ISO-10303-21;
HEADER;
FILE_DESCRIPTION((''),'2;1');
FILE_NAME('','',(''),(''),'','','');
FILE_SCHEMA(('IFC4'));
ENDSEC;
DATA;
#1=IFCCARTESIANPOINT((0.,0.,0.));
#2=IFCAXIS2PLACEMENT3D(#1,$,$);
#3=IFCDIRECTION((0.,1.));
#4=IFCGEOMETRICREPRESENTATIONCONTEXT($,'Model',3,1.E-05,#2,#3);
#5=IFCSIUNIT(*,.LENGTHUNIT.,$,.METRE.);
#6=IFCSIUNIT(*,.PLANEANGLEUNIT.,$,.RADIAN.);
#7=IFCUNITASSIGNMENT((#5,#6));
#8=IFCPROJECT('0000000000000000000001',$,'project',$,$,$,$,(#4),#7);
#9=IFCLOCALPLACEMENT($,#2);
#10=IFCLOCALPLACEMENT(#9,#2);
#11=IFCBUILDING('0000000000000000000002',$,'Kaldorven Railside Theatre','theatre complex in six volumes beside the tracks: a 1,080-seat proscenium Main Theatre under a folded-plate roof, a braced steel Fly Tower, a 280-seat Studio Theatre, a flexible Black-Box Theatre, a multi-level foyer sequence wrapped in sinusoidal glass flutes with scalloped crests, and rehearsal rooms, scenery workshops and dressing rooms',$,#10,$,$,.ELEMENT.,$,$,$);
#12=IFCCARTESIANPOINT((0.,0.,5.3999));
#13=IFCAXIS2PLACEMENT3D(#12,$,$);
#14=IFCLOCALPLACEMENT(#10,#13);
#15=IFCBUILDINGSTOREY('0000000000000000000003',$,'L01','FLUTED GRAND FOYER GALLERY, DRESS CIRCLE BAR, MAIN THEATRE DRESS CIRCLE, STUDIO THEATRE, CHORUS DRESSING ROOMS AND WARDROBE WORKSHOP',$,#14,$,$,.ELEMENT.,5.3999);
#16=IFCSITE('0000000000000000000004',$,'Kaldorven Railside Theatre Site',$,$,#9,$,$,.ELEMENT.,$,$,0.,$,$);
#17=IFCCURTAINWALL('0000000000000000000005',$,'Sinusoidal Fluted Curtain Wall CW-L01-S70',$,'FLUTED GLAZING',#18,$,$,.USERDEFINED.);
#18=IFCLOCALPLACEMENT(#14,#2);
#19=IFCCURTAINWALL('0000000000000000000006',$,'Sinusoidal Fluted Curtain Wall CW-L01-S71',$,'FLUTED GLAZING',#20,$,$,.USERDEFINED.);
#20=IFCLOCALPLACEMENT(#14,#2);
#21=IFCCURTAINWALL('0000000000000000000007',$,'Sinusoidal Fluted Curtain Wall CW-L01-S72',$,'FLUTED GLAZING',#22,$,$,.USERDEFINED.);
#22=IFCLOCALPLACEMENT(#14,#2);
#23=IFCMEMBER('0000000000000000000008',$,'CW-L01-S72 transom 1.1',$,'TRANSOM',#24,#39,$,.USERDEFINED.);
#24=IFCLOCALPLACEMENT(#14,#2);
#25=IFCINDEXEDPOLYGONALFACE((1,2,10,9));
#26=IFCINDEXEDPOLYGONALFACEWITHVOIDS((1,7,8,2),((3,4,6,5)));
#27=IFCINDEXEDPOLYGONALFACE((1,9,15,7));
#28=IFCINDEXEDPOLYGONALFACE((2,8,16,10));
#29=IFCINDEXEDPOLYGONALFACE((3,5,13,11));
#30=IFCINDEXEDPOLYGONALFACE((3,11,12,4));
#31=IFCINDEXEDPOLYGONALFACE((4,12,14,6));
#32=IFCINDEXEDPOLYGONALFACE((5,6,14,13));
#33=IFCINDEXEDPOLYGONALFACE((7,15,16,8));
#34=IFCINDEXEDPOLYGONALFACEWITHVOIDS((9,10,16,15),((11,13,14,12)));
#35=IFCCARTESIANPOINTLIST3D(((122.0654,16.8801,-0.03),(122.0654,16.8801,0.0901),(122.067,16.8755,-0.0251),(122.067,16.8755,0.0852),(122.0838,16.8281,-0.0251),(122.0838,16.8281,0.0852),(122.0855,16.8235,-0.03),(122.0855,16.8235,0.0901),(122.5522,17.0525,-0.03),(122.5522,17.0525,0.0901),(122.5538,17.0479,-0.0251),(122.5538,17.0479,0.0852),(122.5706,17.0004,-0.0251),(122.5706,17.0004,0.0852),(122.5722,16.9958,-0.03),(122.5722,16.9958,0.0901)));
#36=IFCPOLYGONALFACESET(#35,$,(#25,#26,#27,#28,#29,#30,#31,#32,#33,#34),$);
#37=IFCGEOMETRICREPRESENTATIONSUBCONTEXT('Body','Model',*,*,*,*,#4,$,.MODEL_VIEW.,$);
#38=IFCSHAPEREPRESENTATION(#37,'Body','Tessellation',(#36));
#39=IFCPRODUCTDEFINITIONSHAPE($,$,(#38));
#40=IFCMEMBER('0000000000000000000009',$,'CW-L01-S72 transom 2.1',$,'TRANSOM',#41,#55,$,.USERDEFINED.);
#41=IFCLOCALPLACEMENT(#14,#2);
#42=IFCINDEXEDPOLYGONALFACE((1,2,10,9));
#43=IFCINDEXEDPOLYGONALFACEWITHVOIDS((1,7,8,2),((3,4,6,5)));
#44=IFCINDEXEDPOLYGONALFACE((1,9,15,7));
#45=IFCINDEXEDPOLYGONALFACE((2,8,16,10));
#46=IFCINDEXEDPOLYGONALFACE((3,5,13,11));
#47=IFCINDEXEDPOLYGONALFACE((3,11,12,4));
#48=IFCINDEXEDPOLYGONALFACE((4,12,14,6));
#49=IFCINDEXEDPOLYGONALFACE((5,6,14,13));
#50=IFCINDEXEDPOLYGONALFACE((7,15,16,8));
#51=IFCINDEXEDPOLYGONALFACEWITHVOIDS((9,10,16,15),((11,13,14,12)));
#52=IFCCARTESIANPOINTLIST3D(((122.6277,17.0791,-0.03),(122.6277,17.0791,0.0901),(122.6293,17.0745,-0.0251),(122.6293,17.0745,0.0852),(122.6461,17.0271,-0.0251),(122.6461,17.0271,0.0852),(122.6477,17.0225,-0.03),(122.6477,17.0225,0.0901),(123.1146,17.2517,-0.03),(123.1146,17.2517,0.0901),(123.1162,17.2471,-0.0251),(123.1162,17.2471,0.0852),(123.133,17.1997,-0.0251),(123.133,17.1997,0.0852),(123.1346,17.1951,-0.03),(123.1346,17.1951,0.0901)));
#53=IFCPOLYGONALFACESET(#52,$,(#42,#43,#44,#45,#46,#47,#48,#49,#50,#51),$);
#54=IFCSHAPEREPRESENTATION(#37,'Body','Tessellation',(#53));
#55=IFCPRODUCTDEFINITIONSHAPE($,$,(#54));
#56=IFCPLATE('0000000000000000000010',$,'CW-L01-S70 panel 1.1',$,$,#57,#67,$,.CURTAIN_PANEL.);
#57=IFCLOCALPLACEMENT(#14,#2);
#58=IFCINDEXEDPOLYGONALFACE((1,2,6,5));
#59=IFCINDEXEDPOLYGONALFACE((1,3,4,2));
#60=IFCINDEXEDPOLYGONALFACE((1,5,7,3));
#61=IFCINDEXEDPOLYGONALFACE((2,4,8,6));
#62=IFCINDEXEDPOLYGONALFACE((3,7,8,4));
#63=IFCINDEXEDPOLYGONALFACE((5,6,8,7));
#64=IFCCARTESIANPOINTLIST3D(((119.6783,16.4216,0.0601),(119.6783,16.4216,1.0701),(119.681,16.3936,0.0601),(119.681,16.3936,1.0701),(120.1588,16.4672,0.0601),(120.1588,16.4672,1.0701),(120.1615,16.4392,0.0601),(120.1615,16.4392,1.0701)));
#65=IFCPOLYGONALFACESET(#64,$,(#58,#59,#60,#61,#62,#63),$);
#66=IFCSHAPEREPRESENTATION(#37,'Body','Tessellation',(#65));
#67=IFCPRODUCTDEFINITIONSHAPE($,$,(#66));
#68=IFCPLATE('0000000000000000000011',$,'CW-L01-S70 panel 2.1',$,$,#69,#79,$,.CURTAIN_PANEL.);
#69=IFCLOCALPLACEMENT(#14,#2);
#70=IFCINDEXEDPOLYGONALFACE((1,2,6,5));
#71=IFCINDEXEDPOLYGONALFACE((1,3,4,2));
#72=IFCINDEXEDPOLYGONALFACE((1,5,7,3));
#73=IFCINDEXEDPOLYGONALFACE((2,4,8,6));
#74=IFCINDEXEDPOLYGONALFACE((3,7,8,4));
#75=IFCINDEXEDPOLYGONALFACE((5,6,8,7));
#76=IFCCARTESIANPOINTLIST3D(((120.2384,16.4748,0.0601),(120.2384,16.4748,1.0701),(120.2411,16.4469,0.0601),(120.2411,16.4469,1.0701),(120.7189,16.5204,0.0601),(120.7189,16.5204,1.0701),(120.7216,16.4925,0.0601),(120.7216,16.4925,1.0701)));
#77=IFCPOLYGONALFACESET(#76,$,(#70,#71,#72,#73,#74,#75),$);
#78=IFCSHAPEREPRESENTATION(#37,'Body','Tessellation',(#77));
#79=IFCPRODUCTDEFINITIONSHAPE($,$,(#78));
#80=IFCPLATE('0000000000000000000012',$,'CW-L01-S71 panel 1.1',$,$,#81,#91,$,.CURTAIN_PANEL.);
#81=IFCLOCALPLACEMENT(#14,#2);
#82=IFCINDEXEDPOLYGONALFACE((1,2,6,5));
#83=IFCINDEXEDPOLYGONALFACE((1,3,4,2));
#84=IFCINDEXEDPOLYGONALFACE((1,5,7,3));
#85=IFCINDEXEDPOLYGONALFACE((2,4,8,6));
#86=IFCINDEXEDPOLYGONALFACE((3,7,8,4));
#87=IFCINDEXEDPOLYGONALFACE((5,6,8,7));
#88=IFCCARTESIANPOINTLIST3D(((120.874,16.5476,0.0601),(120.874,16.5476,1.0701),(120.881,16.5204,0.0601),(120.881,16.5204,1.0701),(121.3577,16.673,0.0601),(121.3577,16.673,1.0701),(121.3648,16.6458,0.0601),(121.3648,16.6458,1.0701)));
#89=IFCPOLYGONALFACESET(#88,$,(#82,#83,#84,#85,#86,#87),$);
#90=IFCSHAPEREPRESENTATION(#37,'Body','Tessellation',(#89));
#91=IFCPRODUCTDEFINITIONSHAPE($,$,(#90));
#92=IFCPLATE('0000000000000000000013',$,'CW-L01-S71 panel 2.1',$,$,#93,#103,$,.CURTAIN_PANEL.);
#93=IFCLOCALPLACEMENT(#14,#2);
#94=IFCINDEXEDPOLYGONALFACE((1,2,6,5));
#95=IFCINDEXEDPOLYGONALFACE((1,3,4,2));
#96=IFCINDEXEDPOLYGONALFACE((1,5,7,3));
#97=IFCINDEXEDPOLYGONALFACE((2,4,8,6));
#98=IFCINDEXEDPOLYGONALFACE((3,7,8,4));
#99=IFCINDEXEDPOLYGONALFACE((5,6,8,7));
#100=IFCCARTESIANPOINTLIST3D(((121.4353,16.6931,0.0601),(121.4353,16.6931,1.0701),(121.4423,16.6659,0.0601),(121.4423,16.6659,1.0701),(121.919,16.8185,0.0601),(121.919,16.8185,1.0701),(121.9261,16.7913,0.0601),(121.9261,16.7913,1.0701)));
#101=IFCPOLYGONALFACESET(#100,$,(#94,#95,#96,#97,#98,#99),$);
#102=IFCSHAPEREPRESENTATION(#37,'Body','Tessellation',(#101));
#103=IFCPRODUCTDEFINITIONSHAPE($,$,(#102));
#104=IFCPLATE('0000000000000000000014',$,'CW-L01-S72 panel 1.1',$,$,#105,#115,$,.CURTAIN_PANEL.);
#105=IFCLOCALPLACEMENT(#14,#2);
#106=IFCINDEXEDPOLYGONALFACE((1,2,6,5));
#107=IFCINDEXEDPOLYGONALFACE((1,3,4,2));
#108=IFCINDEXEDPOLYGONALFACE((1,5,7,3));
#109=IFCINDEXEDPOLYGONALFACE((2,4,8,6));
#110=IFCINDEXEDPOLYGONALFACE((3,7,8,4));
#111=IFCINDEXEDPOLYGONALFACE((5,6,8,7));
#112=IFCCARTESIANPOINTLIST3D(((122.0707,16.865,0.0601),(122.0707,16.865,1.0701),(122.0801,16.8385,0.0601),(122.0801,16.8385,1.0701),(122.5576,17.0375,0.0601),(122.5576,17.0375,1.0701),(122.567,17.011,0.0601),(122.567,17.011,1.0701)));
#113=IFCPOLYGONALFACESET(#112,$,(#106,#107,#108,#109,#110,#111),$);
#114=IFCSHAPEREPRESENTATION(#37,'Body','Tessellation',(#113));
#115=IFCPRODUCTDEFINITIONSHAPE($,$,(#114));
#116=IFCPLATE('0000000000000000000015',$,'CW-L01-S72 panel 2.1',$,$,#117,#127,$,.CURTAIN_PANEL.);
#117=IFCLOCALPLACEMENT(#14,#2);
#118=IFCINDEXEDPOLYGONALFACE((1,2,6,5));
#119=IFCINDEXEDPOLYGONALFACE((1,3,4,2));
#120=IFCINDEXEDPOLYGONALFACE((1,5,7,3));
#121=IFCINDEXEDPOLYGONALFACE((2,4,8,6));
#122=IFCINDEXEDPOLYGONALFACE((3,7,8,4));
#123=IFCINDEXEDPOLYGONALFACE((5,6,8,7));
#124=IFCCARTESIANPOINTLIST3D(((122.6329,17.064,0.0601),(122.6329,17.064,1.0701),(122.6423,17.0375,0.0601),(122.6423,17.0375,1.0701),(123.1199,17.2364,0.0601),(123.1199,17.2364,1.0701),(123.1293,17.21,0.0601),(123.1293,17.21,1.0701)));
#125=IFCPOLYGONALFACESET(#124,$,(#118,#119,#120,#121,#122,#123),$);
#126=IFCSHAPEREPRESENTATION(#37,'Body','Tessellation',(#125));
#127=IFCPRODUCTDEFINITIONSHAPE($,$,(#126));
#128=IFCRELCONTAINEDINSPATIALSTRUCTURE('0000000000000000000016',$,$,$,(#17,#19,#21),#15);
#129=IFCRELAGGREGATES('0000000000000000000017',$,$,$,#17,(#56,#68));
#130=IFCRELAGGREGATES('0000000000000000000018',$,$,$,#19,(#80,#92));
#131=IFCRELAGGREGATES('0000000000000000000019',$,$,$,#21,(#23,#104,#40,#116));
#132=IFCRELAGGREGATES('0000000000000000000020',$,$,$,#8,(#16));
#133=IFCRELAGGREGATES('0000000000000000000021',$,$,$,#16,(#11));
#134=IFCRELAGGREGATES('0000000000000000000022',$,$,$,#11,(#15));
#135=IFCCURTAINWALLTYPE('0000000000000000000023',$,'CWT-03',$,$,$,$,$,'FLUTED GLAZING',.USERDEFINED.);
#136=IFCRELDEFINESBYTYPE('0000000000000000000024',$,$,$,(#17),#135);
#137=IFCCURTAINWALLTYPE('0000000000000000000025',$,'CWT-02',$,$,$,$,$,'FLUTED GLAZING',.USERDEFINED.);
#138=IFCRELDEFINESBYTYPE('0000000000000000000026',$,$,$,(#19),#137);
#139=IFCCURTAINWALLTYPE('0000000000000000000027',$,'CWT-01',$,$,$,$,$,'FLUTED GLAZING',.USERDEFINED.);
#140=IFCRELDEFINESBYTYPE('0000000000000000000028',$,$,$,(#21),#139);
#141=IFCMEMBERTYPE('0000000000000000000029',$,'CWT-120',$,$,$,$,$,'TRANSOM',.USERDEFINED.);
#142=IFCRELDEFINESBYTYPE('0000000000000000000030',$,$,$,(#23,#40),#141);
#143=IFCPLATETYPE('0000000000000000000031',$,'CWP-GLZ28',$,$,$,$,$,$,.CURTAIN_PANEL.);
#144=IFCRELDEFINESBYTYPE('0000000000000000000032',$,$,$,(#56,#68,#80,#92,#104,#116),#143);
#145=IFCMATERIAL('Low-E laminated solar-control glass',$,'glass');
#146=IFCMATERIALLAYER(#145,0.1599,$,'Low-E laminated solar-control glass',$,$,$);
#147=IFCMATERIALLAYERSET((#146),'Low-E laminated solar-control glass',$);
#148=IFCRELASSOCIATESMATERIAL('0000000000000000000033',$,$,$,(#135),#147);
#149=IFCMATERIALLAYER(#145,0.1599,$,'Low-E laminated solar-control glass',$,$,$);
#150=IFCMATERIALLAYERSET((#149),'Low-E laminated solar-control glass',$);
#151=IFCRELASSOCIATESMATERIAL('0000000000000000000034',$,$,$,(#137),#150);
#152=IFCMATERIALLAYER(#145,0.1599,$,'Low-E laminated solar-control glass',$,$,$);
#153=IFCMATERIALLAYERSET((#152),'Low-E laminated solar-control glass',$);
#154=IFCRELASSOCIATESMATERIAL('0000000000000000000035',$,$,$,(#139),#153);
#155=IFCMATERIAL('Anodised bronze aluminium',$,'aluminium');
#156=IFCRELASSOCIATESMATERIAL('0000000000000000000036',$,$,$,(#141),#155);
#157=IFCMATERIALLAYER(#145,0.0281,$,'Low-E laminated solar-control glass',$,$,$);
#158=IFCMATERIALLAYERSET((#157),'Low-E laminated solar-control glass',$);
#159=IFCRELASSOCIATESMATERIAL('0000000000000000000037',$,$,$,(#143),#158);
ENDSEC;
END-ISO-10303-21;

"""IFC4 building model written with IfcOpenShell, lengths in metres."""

from ifc_helpers import new_model, si_unit, direction, frame, origin, origin_2d, place, context, subcontext, project, spatial, rectangle, hollow_rectangle, extrude, material, layer, layer_set, material_profile, profile_set, type_object, element, aggregate, save


model = new_model("IFC4")

# Units and contexts
model_context = context("Model", 3, precision=1e-05, world=origin(), true_north=direction((0.0, 1.0)))
body_context = subcontext(model_context, "Body", "Model", "MODEL_VIEW")
ifc_project = project(units=[si_unit("LENGTHUNIT", "METRE"), si_unit("PLANEANGLEUNIT", "RADIAN")], contexts=[model_context])

# Site, building, storey
site_placement = place(None, origin())
site = spatial("IfcSite", under=ifc_project, at=site_placement, Name="Kaldorven Railside Theatre Site", CompositionType="ELEMENT", RefElevation=0.0)
building_placement = place(site_placement, origin())
building = spatial("IfcBuilding", under=site, at=building_placement, Name="Kaldorven Railside Theatre", Description="theatre complex in six volumes beside the tracks: a 1,080-seat proscenium Main Theatre under a folded-plate roof, a braced steel Fly Tower, a 280-seat Studio Theatre, a flexible Black-Box Theatre, a multi-level foyer sequence wrapped in sinusoidal glass flutes with scalloped crests, and rehearsal rooms, scenery workshops and dressing rooms", CompositionType="ELEMENT")
storey_placement = place(building_placement, frame((0.0, 0.0, 5.3999)))
storey = spatial("IfcBuildingStorey", under=building, at=storey_placement, Name="L01", Description="FLUTED GRAND FOYER GALLERY, DRESS CIRCLE BAR, MAIN THEATRE DRESS CIRCLE, STUDIO THEATRE, CHORUS DRESSING ROOMS AND WARDROBE WORKSHOP", CompositionType="ELEMENT", Elevation=5.3999)

# Curtain walls
ifc_material_1 = material(Name="Low-E laminated solar-control glass", Category="glass")
ifc_layer_1 = layer(ifc_material_1, 0.1599, Name="Low-E laminated solar-control glass")
ifc_layer_set_1 = layer_set([ifc_layer_1], Name="Low-E laminated solar-control glass")
curtain_wall_type_1 = type_object("IfcCurtainWallType", Name="CWT-03", ElementType="FLUTED GLAZING", PredefinedType="USERDEFINED", material=ifc_layer_set_1)
curtain_wall_1_placement = place(storey_placement, origin())
curtain_wall_1 = element("IfcCurtainWall", 1, at=curtain_wall_1_placement, inside=storey, type_object=curtain_wall_type_1, Name="Sinusoidal Fluted Curtain Wall CW-L01-S70", ObjectType="FLUTED GLAZING", PredefinedType="USERDEFINED")
ifc_material_2 = material(Name="Anodised bronze aluminium", Category="aluminium")
ifc_layer_2 = layer(ifc_material_1, 0.1599, Name="Low-E laminated solar-control glass")
ifc_layer_set_2 = layer_set([ifc_layer_2], Name="Low-E laminated solar-control glass")
curtain_wall_type_2 = type_object("IfcCurtainWallType", Name="CWT-02", ElementType="FLUTED GLAZING", PredefinedType="USERDEFINED", material=ifc_layer_set_2)
curtain_wall_2_placement = place(storey_placement, origin())
curtain_wall_2 = element("IfcCurtainWall", 2, at=curtain_wall_2_placement, inside=storey, type_object=curtain_wall_type_2, Name="Sinusoidal Fluted Curtain Wall CW-L01-S71", ObjectType="FLUTED GLAZING", PredefinedType="USERDEFINED")
ifc_layer_3 = layer(ifc_material_1, 0.1599, Name="Low-E laminated solar-control glass")
ifc_layer_set_3 = layer_set([ifc_layer_3], Name="Low-E laminated solar-control glass")
curtain_wall_type_3 = type_object("IfcCurtainWallType", Name="CWT-01", ElementType="FLUTED GLAZING", PredefinedType="USERDEFINED", material=ifc_layer_set_3)
curtain_wall_3_placement = place(storey_placement, origin())
curtain_wall_3 = element("IfcCurtainWall", 3, at=curtain_wall_3_placement, inside=storey, type_object=curtain_wall_type_3, Name="Sinusoidal Fluted Curtain Wall CW-L01-S72", ObjectType="FLUTED GLAZING", PredefinedType="USERDEFINED")

# Members
ifc_material_profile_1 = material_profile(ifc_material_2, hollow_rectangle(XDim=0.0601, YDim=0.1201, WallThickness=0.0049, at=origin_2d()), Name="RHS 120x60x5")
ifc_profile_set_1 = profile_set([ifc_material_profile_1], Name="Anodised bronze aluminium")
member_type_1 = type_object("IfcMemberType", Name="CWT-120", ElementType="TRANSOM", PredefinedType="USERDEFINED", material=ifc_profile_set_1)
member_1_placement = place(storey_placement, frame((122.0754, 16.8518, 0.03), z_axis=(0.942658, 0.33376, 0.0), x_axis=(-0.33376, 0.942658, 0.0)))
member_1 = element("IfcMember", 4, at=member_1_placement, type_object=member_type_1, Name="CW-L01-S72 transom 1.1", ObjectType="TRANSOM", PredefinedType="USERDEFINED", context=body_context, shape_type="SweptSolid", body=[
    extrude(hollow_rectangle(XDim=0.0601, YDim=0.1201, WallThickness=0.0049, at=origin_2d()), origin(), (0.0, 0.0, 1.0), 0.5164),
])
member_2_placement = place(storey_placement, frame((122.6377, 17.0508, 0.03), z_axis=(0.942509, 0.33418, 0.0), x_axis=(-0.33418, 0.942509, 0.0)))
member_2 = element("IfcMember", 5, at=member_2_placement, type_object=member_type_1, Name="CW-L01-S72 transom 2.1", ObjectType="TRANSOM", PredefinedType="USERDEFINED", context=body_context, shape_type="SweptSolid", body=[
    extrude(hollow_rectangle(XDim=0.0601, YDim=0.1201, WallThickness=0.0049, at=origin_2d()), origin(), (0.0, 0.0, 1.0), 0.5166),
])

# Plates
ifc_layer_4 = layer(ifc_material_1, 0.0281, Name="Low-E laminated solar-control glass")
ifc_layer_set_4 = layer_set([ifc_layer_4], Name="Low-E laminated solar-control glass")
plate_type = type_object("IfcPlateType", Name="CWP-GLZ28", PredefinedType="CURTAIN_PANEL", material=ifc_layer_set_4)
plate_1_placement = place(storey_placement, frame((119.9199, 16.4304, 0.0601), z_axis=(0.0, 0.0, 1.0), x_axis=(0.995526, 0.094492, 0.0)))
plate_1 = element("IfcPlate", 6, at=plate_1_placement, type_object=plate_type, Name="CW-L01-S70 panel 1.1", PredefinedType="CURTAIN_PANEL", context=body_context, shape_type="SweptSolid", body=[
    extrude(rectangle(XDim=0.4827, YDim=0.0281, at=origin_2d()), origin(), (0.0, 0.0, 1.0), 1.01),
])
plate_2_placement = place(storey_placement, frame((120.48, 16.4836, 0.0601), z_axis=(0.0, 0.0, 1.0), x_axis=(0.995526, 0.094492, 0.0)))
plate_2 = element("IfcPlate", 7, at=plate_2_placement, type_object=plate_type, Name="CW-L01-S70 panel 2.1", PredefinedType="CURTAIN_PANEL", context=body_context, shape_type="SweptSolid", body=[
    extrude(rectangle(XDim=0.4827, YDim=0.0281, at=origin_2d()), origin(), (0.0, 0.0, 1.0), 1.01),
])
aggregate(curtain_wall_1, [plate_1, plate_2])
plate_3_placement = place(storey_placement, frame((121.1194, 16.5967, 0.0601), z_axis=(0.0, 0.0, 1.0), x_axis=(0.967999, 0.250954, 0.0)))
plate_3 = element("IfcPlate", 8, at=plate_3_placement, type_object=plate_type, Name="CW-L01-S71 panel 1.1", PredefinedType="CURTAIN_PANEL", context=body_context, shape_type="SweptSolid", body=[
    extrude(rectangle(XDim=0.4998, YDim=0.0281, at=origin_2d()), origin(), (0.0, 0.0, 1.0), 1.01),
])
plate_4_placement = place(storey_placement, frame((121.6807, 16.7422, 0.0601), z_axis=(0.0, 0.0, 1.0), x_axis=(0.967999, 0.250954, 0.0)))
plate_4 = element("IfcPlate", 9, at=plate_4_placement, type_object=plate_type, Name="CW-L01-S71 panel 2.1", PredefinedType="CURTAIN_PANEL", context=body_context, shape_type="SweptSolid", body=[
    extrude(rectangle(XDim=0.4998, YDim=0.0281, at=origin_2d()), origin(), (0.0, 0.0, 1.0), 1.01),
])
aggregate(curtain_wall_2, [plate_3, plate_4])
plate_5_placement = place(storey_placement, frame((122.3188, 16.938, 0.0601), z_axis=(0.0, 0.0, 1.0), x_axis=(0.942627, 0.333847, 0.0)))
plate_5 = element("IfcPlate", 10, at=plate_5_placement, type_object=plate_type, Name="CW-L01-S72 panel 1.1", PredefinedType="CURTAIN_PANEL", context=body_context, shape_type="SweptSolid", body=[
    extrude(rectangle(XDim=0.5166, YDim=0.0281, at=origin_2d()), origin(), (0.0, 0.0, 1.0), 1.01),
])
plate_6_placement = place(storey_placement, frame((122.8811, 17.137, 0.0601), z_axis=(0.0, 0.0, 1.0), x_axis=(0.942627, 0.333847, 0.0)))
plate_6 = element("IfcPlate", 11, at=plate_6_placement, type_object=plate_type, Name="CW-L01-S72 panel 2.1", PredefinedType="CURTAIN_PANEL", context=body_context, shape_type="SweptSolid", body=[
    extrude(rectangle(XDim=0.5166, YDim=0.0281, at=origin_2d()), origin(), (0.0, 0.0, 1.0), 1.01),
])
aggregate(curtain_wall_3, [member_1, plate_5, member_2, plate_6])

save(model, "model.ifc")
